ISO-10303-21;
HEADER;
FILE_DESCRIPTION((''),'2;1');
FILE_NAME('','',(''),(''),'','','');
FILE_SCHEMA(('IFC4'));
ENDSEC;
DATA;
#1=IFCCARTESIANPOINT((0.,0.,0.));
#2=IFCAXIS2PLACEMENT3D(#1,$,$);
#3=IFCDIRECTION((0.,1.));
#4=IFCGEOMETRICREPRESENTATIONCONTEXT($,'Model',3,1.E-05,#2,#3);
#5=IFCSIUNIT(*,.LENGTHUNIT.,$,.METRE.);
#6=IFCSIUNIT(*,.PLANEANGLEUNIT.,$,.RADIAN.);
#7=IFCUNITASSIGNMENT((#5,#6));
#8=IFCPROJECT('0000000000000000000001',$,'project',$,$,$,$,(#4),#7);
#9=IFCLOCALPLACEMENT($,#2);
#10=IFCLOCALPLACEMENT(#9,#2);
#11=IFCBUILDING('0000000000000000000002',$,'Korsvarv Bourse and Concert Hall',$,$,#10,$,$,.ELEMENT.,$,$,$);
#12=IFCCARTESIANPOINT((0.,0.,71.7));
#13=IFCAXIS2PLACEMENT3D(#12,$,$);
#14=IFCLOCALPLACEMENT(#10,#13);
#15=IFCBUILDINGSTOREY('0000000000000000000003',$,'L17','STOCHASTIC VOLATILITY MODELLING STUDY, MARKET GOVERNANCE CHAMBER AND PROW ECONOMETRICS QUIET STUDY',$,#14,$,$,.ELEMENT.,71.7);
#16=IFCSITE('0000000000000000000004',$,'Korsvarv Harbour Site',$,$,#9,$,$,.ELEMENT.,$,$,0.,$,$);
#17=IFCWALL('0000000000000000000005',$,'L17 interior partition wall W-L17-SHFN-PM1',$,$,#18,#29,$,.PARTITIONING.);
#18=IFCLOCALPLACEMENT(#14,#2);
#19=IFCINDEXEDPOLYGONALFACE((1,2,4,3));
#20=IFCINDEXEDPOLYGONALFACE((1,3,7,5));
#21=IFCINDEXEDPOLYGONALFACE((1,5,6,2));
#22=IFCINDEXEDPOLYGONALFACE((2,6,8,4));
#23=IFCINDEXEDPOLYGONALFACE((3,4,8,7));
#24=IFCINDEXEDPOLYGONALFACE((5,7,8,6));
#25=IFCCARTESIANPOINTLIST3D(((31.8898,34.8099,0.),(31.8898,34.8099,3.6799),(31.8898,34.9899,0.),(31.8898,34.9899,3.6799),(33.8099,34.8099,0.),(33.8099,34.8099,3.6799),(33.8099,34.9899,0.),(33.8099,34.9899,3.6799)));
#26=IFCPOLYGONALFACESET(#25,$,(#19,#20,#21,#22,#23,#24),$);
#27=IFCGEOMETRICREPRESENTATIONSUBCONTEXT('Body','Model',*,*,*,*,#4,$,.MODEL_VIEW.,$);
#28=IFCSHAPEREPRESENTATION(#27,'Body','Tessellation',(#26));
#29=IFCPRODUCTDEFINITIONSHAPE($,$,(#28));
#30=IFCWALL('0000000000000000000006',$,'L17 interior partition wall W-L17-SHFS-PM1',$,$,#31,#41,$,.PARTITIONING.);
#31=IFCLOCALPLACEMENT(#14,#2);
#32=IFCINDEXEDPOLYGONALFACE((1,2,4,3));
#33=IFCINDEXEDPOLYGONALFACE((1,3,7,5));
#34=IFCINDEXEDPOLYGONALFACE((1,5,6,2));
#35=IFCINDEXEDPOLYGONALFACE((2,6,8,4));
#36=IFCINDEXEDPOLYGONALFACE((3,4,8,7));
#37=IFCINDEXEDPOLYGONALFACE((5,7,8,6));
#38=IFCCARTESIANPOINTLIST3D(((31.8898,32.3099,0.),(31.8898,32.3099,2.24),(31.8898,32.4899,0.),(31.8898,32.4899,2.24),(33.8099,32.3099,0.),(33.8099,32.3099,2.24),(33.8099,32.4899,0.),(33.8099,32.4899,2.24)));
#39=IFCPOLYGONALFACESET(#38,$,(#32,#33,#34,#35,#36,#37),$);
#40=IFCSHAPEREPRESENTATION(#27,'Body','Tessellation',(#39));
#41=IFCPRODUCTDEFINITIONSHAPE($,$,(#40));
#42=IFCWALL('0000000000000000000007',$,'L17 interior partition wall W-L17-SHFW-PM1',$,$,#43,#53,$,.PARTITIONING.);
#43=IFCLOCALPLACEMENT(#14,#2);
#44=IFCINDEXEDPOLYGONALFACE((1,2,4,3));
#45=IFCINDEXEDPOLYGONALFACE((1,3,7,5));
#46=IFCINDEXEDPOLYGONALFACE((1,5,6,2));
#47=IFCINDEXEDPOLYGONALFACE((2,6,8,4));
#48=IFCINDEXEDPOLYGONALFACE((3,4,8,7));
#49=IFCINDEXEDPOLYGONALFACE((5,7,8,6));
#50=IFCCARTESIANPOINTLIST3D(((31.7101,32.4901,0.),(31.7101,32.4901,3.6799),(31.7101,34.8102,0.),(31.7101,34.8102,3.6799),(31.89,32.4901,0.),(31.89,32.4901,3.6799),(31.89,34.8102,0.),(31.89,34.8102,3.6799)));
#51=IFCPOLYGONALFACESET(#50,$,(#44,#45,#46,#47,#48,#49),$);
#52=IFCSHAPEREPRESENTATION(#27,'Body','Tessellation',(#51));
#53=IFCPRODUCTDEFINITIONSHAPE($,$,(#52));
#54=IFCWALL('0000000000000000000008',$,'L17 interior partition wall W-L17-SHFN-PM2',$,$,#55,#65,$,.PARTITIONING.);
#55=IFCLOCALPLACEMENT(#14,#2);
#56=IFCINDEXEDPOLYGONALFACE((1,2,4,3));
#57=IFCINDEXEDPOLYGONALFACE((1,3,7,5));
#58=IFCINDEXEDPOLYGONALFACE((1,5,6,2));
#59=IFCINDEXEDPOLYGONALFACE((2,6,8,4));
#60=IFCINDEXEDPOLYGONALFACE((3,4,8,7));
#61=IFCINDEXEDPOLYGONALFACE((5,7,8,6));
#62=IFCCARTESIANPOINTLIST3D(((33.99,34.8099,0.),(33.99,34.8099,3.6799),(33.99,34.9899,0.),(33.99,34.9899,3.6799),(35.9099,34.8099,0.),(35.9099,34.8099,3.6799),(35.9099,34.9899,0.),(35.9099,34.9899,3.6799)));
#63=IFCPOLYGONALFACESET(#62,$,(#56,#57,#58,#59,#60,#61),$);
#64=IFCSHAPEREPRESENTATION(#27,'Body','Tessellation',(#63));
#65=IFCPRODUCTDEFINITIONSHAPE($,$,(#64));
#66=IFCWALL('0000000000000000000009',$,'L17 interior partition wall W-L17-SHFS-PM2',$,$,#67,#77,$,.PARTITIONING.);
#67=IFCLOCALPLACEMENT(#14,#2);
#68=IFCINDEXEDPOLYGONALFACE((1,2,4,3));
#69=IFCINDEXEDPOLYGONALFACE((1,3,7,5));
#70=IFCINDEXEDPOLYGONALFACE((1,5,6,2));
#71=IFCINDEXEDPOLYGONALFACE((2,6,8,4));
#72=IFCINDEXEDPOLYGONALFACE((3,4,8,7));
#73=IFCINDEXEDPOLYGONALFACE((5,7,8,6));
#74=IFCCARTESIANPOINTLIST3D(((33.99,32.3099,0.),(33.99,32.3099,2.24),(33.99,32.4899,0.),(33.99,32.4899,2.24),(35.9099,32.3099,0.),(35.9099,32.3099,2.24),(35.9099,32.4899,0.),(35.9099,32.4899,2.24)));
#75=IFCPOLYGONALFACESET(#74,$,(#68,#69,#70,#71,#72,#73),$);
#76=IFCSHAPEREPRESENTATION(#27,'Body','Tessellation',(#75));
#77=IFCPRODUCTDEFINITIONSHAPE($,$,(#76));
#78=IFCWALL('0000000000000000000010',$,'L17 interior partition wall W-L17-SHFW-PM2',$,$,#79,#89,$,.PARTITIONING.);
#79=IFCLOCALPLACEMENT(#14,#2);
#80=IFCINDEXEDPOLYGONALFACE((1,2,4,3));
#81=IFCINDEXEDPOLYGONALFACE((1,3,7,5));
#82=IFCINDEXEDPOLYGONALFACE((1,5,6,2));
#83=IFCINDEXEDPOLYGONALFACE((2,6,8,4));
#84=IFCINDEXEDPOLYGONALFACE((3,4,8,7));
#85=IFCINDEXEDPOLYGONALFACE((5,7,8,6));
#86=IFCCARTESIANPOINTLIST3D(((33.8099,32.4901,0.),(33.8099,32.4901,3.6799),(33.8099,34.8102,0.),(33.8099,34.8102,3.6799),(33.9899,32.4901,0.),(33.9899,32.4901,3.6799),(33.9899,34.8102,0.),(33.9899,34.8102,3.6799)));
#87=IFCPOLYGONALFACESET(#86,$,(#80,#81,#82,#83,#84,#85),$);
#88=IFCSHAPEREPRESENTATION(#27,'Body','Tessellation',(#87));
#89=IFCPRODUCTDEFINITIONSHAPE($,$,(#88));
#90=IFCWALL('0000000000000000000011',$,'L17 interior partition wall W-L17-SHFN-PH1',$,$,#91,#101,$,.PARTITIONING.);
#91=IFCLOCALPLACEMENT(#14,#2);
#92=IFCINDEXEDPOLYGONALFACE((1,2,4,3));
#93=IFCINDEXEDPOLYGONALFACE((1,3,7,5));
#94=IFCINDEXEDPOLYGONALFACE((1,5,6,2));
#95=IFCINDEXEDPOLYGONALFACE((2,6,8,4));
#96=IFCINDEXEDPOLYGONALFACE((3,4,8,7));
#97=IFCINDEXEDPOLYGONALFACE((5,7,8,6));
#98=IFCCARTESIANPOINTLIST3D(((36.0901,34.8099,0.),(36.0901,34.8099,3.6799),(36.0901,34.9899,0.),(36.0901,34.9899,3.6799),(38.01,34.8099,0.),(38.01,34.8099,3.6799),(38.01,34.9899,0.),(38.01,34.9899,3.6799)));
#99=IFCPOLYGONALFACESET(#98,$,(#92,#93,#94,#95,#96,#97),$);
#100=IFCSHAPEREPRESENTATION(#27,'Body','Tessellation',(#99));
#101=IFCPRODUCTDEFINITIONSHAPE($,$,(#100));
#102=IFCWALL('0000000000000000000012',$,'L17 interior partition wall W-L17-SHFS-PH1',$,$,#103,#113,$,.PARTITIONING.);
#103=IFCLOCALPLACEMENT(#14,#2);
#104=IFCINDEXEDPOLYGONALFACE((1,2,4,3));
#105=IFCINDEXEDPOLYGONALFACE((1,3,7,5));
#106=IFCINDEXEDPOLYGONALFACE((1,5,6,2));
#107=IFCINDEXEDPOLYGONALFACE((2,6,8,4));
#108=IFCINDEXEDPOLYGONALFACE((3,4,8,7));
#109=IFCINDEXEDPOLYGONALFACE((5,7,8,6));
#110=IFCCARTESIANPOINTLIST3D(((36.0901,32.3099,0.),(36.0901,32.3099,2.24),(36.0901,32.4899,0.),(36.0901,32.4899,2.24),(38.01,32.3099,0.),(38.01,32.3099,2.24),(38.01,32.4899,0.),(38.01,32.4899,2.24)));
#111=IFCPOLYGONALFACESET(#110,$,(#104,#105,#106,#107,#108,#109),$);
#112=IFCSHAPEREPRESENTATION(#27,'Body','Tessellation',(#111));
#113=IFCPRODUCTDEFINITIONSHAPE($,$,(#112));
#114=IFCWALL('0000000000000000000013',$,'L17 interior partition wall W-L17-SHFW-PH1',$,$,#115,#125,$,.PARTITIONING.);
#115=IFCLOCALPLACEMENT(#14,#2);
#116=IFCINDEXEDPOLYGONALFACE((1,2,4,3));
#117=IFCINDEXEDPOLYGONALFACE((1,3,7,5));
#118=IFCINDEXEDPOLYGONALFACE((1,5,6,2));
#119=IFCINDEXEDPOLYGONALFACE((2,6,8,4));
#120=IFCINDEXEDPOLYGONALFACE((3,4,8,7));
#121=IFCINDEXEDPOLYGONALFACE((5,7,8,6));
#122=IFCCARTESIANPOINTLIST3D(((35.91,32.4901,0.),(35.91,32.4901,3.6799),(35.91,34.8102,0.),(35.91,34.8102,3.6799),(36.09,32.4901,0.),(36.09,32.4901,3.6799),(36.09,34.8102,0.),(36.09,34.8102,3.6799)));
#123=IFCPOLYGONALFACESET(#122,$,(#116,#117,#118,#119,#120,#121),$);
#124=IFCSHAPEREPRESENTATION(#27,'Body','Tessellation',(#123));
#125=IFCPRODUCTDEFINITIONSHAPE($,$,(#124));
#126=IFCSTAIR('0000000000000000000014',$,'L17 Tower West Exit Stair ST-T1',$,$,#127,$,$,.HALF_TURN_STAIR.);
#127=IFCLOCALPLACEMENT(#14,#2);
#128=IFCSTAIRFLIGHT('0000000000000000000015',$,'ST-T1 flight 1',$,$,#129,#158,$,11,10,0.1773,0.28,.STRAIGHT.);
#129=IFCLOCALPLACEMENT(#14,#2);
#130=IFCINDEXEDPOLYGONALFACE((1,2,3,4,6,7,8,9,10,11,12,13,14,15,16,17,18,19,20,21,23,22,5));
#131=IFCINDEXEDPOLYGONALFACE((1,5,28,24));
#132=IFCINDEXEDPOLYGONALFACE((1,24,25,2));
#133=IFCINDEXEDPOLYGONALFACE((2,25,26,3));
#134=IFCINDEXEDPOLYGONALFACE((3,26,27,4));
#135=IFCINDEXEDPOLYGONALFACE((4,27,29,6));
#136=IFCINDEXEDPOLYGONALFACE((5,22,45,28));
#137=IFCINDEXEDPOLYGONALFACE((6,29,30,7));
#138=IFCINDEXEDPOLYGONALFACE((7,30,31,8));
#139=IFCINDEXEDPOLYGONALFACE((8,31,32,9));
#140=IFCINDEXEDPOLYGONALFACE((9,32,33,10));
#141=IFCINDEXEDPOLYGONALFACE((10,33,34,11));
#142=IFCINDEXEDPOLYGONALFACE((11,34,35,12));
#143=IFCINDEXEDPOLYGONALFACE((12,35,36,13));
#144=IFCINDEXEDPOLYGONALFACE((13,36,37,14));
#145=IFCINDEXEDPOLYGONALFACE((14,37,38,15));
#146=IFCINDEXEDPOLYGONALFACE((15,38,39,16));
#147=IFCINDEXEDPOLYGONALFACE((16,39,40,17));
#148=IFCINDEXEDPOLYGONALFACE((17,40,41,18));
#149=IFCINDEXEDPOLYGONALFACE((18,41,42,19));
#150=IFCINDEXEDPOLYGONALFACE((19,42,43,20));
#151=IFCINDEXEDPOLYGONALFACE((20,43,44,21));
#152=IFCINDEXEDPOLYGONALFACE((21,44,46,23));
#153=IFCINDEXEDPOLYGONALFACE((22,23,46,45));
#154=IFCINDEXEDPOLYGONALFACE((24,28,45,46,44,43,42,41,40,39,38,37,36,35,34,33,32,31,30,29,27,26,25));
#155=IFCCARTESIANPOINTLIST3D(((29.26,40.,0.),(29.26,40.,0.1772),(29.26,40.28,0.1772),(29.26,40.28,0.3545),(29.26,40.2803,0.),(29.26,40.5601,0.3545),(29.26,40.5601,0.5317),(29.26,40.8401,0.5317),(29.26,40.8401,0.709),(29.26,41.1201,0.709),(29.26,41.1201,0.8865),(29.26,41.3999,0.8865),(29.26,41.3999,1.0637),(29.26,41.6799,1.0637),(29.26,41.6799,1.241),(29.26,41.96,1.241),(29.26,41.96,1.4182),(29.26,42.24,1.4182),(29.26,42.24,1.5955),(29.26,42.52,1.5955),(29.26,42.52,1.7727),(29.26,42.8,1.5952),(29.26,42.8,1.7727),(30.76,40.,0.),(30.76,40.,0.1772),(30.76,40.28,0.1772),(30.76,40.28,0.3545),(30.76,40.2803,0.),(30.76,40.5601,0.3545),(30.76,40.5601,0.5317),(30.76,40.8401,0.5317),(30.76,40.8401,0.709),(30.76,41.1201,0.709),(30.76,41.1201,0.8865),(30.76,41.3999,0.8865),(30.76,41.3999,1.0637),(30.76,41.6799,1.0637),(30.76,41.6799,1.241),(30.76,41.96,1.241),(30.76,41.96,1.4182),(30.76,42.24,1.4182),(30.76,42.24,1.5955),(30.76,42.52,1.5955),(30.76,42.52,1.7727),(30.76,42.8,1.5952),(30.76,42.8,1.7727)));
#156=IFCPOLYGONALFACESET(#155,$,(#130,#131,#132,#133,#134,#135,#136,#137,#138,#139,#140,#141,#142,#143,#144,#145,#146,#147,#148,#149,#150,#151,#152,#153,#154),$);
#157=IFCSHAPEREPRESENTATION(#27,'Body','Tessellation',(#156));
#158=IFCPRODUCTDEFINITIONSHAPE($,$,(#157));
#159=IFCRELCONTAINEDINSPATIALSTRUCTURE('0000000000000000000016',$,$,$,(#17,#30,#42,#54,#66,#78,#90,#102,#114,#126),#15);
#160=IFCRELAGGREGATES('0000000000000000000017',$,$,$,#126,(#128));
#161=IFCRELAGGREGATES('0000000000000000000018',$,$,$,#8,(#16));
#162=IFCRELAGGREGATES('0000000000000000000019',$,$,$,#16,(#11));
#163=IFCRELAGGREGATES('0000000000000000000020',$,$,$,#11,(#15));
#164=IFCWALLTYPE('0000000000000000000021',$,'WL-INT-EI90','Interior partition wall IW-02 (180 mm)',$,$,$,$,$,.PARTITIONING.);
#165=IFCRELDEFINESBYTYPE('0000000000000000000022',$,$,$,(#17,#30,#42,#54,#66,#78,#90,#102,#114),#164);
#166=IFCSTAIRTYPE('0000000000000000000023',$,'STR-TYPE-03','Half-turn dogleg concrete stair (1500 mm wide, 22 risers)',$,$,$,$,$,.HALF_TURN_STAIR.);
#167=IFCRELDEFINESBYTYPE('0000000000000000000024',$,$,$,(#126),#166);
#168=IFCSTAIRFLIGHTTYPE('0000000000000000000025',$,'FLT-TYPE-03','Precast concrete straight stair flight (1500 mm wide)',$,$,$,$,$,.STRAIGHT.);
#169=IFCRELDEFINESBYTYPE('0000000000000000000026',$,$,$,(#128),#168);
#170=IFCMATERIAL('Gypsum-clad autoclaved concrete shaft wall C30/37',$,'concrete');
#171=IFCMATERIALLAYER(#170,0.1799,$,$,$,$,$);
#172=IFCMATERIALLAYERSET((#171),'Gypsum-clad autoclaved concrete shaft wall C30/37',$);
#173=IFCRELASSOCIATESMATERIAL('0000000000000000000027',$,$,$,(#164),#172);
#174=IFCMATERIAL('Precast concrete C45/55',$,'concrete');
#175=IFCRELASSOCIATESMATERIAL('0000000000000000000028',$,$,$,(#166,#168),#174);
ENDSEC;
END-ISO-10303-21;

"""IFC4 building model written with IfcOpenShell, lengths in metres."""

from ifc_helpers import new_model, si_unit, direction, frame, frame_2d, origin, place, context, subcontext, project, spatial, polyline, rectangle, outline, extrude, material, layer, layer_set, type_object, element, aggregate, save


model = new_model("IFC4")

# Units and contexts
model_context = context("Model", 3, precision=1e-05, world=origin(), true_north=direction((0.0, 1.0)))
body_context = subcontext(model_context, "Body", "Model", "MODEL_VIEW")
ifc_project = project(units=[si_unit("LENGTHUNIT", "METRE"), si_unit("PLANEANGLEUNIT", "RADIAN")], contexts=[model_context])

# Site, building, storey
site_placement = place(None, origin())
site = spatial("IfcSite", under=ifc_project, at=site_placement, Name="Korsvarv Harbour Site", CompositionType="ELEMENT", RefElevation=0.0)
building_placement = place(site_placement, origin())
building = spatial("IfcBuilding", under=site, at=building_placement, Name="Korsvarv Bourse and Concert Hall", CompositionType="ELEMENT")
storey_placement = place(building_placement, frame((0.0, 0.0, 71.7)))
storey = spatial("IfcBuildingStorey", under=building, at=storey_placement, Name="L17", Description="STOCHASTIC VOLATILITY MODELLING STUDY, MARKET GOVERNANCE CHAMBER AND PROW ECONOMETRICS QUIET STUDY", CompositionType="ELEMENT", Elevation=71.7)

# Shared definitions
ifc_material_1 = material(Name="Gypsum-clad autoclaved concrete shaft wall C30/37", Category="concrete")
ifc_layer_1 = layer(ifc_material_1, 0.1799)
ifc_layer_set_1 = layer_set([ifc_layer_1], Name="Gypsum-clad autoclaved concrete shaft wall C30/37")
wall_type_1 = type_object("IfcWallType", Name="WL-INT-EI90", Description="Interior partition wall IW-02 (180 mm)", PredefinedType="PARTITIONING", material=ifc_layer_set_1)

# Walls
wall_1_placement = place(storey_placement, frame((31.8899, 34.8999, 0.0), z_axis=(0.0, 0.0, 1.0), x_axis=(1.0, 0.0, 0.0)))
element("IfcWall", 1, at=wall_1_placement, inside=storey, type_object=wall_type_1, Name="L17 interior partition wall W-L17-SHFN-PM1", PredefinedType="PARTITIONING", context=body_context, shape_type="SweptSolid", body=[
    extrude(rectangle(XDim=1.9202, YDim=0.1799, at=frame_2d((0.96, 0.0))), origin(), (0.0, 0.0, 1.0), 3.6799),
])
wall_2_placement = place(storey_placement, frame((31.8899, 32.3999, 0.0), z_axis=(0.0, 0.0, 1.0), x_axis=(1.0, 0.0, 0.0)))
element("IfcWall", 2, at=wall_2_placement, inside=storey, type_object=wall_type_1, Name="L17 interior partition wall W-L17-SHFS-PM1", PredefinedType="PARTITIONING", context=body_context, shape_type="SweptSolid", body=[
    extrude(rectangle(XDim=1.9202, YDim=0.1799, at=frame_2d((0.96, 0.0))), origin(), (0.0, 0.0, 1.0), 2.24),
])
wall_3_placement = place(storey_placement, frame((31.8, 32.49, 0.0), z_axis=(0.0, 0.0, 1.0), x_axis=(0.0, 1.0, 0.0)))
element("IfcWall", 3, at=wall_3_placement, inside=storey, type_object=wall_type_1, Name="L17 interior partition wall W-L17-SHFW-PM1", PredefinedType="PARTITIONING", context=body_context, shape_type="SweptSolid", body=[
    extrude(rectangle(XDim=2.3201, YDim=0.1799, at=frame_2d((1.1602, 0.0))), origin(), (0.0, 0.0, 1.0), 3.6799),
])
wall_4_placement = place(storey_placement, frame((33.99, 34.8999, 0.0), z_axis=(0.0, 0.0, 1.0), x_axis=(1.0, 0.0, 0.0)))
element("IfcWall", 4, at=wall_4_placement, inside=storey, type_object=wall_type_1, Name="L17 interior partition wall W-L17-SHFN-PM2", PredefinedType="PARTITIONING", context=body_context, shape_type="SweptSolid", body=[
    extrude(rectangle(XDim=1.9199, YDim=0.1799, at=frame_2d((0.96, 0.0))), origin(), (0.0, 0.0, 1.0), 3.6799),
])
wall_5_placement = place(storey_placement, frame((33.99, 32.3999, 0.0), z_axis=(0.0, 0.0, 1.0), x_axis=(1.0, 0.0, 0.0)))
element("IfcWall", 5, at=wall_5_placement, inside=storey, type_object=wall_type_1, Name="L17 interior partition wall W-L17-SHFS-PM2", PredefinedType="PARTITIONING", context=body_context, shape_type="SweptSolid", body=[
    extrude(rectangle(XDim=1.9199, YDim=0.1799, at=frame_2d((0.96, 0.0))), origin(), (0.0, 0.0, 1.0), 2.24),
])
wall_6_placement = place(storey_placement, frame((33.8999, 32.49, 0.0), z_axis=(0.0, 0.0, 1.0), x_axis=(0.0, 1.0, 0.0)))
element("IfcWall", 6, at=wall_6_placement, inside=storey, type_object=wall_type_1, Name="L17 interior partition wall W-L17-SHFW-PM2", PredefinedType="PARTITIONING", context=body_context, shape_type="SweptSolid", body=[
    extrude(rectangle(XDim=2.3201, YDim=0.1799, at=frame_2d((1.1602, 0.0))), origin(), (0.0, 0.0, 1.0), 3.6799),
])
wall_7_placement = place(storey_placement, frame((36.0901, 34.8999, 0.0), z_axis=(0.0, 0.0, 1.0), x_axis=(1.0, 0.0, 0.0)))
element("IfcWall", 7, at=wall_7_placement, inside=storey, type_object=wall_type_1, Name="L17 interior partition wall W-L17-SHFN-PH1", PredefinedType="PARTITIONING", context=body_context, shape_type="SweptSolid", body=[
    extrude(rectangle(XDim=1.9199, YDim=0.1799, at=frame_2d((0.96, 0.0))), origin(), (0.0, 0.0, 1.0), 3.6799),
])
wall_8_placement = place(storey_placement, frame((36.0901, 32.3999, 0.0), z_axis=(0.0, 0.0, 1.0), x_axis=(1.0, 0.0, 0.0)))
element("IfcWall", 8, at=wall_8_placement, inside=storey, type_object=wall_type_1, Name="L17 interior partition wall W-L17-SHFS-PH1", PredefinedType="PARTITIONING", context=body_context, shape_type="SweptSolid", body=[
    extrude(rectangle(XDim=1.9199, YDim=0.1799, at=frame_2d((0.96, 0.0))), origin(), (0.0, 0.0, 1.0), 2.24),
])
wall_9_placement = place(storey_placement, frame((36.0, 32.49, 0.0), z_axis=(0.0, 0.0, 1.0), x_axis=(0.0, 1.0, 0.0)))
element("IfcWall", 9, at=wall_9_placement, inside=storey, type_object=wall_type_1, Name="L17 interior partition wall W-L17-SHFW-PH1", PredefinedType="PARTITIONING", context=body_context, shape_type="SweptSolid", body=[
    extrude(rectangle(XDim=2.3201, YDim=0.1799, at=frame_2d((1.1602, 0.0))), origin(), (0.0, 0.0, 1.0), 3.6799),
])

# Stair, stair flight
ifc_material_2 = material(Name="Precast concrete C45/55", Category="concrete")
stair_type = type_object("IfcStairType", Name="STR-TYPE-03", Description="Half-turn dogleg concrete stair (1500 mm wide, 22 risers)", PredefinedType="HALF_TURN_STAIR", material=ifc_material_2)
stair_placement = place(storey_placement, origin())
stair = element("IfcStair", 10, at=stair_placement, inside=storey, type_object=stair_type, Name="L17 Tower West Exit Stair ST-T1", PredefinedType="HALF_TURN_STAIR")
stair_flight_type = type_object("IfcStairFlightType", Name="FLT-TYPE-03", Description="Precast concrete straight stair flight (1500 mm wide)", PredefinedType="STRAIGHT", material=ifc_material_2)
stair_flight_placement = place(storey_placement, frame((30.01, 40.0, 0.0), z_axis=(0.0, 0.0, 1.0), x_axis=(0.0, 1.0, 0.0)))
stair_flight = element("IfcStairFlight", 11, at=stair_flight_placement, type_object=stair_flight_type, Name="ST-T1 flight 1", NumberOfRisers=11, NumberOfTreads=10, PredefinedType="STRAIGHT", RiserHeight=0.1773, TreadLength=0.28, context=body_context, shape_type="SweptSolid", body=[
    extrude(outline(polyline([(0.0, 0.0), (0.0, 0.1772), (0.28, 0.1772), (0.28, 0.3545), (0.5601, 0.3545), (0.5601, 0.5317), (0.8401, 0.5317), (0.8401, 0.709), (1.1201, 0.709), (1.1201, 0.8865), (1.3999, 0.8865), (1.3999, 1.0637), (1.6799, 1.0637), (1.6799, 1.241), (1.96, 1.241), (1.96, 1.4182), (2.24, 1.4182), (2.24, 1.5955), (2.52, 1.5955), (2.52, 1.7727), (2.8, 1.7727), (2.8, 1.95), (2.8, 1.5952), (0.2803, 0.0), (0.0, 0.0)])), frame((0.0, 0.75, 0.0), z_axis=(0.0, -1.0, 0.0), x_axis=(1.0, 0.0, 0.0)), (0.0, 0.0, 1.0), 1.5),
])
aggregate(stair, [stair_flight])

save(model, "model.ifc")
